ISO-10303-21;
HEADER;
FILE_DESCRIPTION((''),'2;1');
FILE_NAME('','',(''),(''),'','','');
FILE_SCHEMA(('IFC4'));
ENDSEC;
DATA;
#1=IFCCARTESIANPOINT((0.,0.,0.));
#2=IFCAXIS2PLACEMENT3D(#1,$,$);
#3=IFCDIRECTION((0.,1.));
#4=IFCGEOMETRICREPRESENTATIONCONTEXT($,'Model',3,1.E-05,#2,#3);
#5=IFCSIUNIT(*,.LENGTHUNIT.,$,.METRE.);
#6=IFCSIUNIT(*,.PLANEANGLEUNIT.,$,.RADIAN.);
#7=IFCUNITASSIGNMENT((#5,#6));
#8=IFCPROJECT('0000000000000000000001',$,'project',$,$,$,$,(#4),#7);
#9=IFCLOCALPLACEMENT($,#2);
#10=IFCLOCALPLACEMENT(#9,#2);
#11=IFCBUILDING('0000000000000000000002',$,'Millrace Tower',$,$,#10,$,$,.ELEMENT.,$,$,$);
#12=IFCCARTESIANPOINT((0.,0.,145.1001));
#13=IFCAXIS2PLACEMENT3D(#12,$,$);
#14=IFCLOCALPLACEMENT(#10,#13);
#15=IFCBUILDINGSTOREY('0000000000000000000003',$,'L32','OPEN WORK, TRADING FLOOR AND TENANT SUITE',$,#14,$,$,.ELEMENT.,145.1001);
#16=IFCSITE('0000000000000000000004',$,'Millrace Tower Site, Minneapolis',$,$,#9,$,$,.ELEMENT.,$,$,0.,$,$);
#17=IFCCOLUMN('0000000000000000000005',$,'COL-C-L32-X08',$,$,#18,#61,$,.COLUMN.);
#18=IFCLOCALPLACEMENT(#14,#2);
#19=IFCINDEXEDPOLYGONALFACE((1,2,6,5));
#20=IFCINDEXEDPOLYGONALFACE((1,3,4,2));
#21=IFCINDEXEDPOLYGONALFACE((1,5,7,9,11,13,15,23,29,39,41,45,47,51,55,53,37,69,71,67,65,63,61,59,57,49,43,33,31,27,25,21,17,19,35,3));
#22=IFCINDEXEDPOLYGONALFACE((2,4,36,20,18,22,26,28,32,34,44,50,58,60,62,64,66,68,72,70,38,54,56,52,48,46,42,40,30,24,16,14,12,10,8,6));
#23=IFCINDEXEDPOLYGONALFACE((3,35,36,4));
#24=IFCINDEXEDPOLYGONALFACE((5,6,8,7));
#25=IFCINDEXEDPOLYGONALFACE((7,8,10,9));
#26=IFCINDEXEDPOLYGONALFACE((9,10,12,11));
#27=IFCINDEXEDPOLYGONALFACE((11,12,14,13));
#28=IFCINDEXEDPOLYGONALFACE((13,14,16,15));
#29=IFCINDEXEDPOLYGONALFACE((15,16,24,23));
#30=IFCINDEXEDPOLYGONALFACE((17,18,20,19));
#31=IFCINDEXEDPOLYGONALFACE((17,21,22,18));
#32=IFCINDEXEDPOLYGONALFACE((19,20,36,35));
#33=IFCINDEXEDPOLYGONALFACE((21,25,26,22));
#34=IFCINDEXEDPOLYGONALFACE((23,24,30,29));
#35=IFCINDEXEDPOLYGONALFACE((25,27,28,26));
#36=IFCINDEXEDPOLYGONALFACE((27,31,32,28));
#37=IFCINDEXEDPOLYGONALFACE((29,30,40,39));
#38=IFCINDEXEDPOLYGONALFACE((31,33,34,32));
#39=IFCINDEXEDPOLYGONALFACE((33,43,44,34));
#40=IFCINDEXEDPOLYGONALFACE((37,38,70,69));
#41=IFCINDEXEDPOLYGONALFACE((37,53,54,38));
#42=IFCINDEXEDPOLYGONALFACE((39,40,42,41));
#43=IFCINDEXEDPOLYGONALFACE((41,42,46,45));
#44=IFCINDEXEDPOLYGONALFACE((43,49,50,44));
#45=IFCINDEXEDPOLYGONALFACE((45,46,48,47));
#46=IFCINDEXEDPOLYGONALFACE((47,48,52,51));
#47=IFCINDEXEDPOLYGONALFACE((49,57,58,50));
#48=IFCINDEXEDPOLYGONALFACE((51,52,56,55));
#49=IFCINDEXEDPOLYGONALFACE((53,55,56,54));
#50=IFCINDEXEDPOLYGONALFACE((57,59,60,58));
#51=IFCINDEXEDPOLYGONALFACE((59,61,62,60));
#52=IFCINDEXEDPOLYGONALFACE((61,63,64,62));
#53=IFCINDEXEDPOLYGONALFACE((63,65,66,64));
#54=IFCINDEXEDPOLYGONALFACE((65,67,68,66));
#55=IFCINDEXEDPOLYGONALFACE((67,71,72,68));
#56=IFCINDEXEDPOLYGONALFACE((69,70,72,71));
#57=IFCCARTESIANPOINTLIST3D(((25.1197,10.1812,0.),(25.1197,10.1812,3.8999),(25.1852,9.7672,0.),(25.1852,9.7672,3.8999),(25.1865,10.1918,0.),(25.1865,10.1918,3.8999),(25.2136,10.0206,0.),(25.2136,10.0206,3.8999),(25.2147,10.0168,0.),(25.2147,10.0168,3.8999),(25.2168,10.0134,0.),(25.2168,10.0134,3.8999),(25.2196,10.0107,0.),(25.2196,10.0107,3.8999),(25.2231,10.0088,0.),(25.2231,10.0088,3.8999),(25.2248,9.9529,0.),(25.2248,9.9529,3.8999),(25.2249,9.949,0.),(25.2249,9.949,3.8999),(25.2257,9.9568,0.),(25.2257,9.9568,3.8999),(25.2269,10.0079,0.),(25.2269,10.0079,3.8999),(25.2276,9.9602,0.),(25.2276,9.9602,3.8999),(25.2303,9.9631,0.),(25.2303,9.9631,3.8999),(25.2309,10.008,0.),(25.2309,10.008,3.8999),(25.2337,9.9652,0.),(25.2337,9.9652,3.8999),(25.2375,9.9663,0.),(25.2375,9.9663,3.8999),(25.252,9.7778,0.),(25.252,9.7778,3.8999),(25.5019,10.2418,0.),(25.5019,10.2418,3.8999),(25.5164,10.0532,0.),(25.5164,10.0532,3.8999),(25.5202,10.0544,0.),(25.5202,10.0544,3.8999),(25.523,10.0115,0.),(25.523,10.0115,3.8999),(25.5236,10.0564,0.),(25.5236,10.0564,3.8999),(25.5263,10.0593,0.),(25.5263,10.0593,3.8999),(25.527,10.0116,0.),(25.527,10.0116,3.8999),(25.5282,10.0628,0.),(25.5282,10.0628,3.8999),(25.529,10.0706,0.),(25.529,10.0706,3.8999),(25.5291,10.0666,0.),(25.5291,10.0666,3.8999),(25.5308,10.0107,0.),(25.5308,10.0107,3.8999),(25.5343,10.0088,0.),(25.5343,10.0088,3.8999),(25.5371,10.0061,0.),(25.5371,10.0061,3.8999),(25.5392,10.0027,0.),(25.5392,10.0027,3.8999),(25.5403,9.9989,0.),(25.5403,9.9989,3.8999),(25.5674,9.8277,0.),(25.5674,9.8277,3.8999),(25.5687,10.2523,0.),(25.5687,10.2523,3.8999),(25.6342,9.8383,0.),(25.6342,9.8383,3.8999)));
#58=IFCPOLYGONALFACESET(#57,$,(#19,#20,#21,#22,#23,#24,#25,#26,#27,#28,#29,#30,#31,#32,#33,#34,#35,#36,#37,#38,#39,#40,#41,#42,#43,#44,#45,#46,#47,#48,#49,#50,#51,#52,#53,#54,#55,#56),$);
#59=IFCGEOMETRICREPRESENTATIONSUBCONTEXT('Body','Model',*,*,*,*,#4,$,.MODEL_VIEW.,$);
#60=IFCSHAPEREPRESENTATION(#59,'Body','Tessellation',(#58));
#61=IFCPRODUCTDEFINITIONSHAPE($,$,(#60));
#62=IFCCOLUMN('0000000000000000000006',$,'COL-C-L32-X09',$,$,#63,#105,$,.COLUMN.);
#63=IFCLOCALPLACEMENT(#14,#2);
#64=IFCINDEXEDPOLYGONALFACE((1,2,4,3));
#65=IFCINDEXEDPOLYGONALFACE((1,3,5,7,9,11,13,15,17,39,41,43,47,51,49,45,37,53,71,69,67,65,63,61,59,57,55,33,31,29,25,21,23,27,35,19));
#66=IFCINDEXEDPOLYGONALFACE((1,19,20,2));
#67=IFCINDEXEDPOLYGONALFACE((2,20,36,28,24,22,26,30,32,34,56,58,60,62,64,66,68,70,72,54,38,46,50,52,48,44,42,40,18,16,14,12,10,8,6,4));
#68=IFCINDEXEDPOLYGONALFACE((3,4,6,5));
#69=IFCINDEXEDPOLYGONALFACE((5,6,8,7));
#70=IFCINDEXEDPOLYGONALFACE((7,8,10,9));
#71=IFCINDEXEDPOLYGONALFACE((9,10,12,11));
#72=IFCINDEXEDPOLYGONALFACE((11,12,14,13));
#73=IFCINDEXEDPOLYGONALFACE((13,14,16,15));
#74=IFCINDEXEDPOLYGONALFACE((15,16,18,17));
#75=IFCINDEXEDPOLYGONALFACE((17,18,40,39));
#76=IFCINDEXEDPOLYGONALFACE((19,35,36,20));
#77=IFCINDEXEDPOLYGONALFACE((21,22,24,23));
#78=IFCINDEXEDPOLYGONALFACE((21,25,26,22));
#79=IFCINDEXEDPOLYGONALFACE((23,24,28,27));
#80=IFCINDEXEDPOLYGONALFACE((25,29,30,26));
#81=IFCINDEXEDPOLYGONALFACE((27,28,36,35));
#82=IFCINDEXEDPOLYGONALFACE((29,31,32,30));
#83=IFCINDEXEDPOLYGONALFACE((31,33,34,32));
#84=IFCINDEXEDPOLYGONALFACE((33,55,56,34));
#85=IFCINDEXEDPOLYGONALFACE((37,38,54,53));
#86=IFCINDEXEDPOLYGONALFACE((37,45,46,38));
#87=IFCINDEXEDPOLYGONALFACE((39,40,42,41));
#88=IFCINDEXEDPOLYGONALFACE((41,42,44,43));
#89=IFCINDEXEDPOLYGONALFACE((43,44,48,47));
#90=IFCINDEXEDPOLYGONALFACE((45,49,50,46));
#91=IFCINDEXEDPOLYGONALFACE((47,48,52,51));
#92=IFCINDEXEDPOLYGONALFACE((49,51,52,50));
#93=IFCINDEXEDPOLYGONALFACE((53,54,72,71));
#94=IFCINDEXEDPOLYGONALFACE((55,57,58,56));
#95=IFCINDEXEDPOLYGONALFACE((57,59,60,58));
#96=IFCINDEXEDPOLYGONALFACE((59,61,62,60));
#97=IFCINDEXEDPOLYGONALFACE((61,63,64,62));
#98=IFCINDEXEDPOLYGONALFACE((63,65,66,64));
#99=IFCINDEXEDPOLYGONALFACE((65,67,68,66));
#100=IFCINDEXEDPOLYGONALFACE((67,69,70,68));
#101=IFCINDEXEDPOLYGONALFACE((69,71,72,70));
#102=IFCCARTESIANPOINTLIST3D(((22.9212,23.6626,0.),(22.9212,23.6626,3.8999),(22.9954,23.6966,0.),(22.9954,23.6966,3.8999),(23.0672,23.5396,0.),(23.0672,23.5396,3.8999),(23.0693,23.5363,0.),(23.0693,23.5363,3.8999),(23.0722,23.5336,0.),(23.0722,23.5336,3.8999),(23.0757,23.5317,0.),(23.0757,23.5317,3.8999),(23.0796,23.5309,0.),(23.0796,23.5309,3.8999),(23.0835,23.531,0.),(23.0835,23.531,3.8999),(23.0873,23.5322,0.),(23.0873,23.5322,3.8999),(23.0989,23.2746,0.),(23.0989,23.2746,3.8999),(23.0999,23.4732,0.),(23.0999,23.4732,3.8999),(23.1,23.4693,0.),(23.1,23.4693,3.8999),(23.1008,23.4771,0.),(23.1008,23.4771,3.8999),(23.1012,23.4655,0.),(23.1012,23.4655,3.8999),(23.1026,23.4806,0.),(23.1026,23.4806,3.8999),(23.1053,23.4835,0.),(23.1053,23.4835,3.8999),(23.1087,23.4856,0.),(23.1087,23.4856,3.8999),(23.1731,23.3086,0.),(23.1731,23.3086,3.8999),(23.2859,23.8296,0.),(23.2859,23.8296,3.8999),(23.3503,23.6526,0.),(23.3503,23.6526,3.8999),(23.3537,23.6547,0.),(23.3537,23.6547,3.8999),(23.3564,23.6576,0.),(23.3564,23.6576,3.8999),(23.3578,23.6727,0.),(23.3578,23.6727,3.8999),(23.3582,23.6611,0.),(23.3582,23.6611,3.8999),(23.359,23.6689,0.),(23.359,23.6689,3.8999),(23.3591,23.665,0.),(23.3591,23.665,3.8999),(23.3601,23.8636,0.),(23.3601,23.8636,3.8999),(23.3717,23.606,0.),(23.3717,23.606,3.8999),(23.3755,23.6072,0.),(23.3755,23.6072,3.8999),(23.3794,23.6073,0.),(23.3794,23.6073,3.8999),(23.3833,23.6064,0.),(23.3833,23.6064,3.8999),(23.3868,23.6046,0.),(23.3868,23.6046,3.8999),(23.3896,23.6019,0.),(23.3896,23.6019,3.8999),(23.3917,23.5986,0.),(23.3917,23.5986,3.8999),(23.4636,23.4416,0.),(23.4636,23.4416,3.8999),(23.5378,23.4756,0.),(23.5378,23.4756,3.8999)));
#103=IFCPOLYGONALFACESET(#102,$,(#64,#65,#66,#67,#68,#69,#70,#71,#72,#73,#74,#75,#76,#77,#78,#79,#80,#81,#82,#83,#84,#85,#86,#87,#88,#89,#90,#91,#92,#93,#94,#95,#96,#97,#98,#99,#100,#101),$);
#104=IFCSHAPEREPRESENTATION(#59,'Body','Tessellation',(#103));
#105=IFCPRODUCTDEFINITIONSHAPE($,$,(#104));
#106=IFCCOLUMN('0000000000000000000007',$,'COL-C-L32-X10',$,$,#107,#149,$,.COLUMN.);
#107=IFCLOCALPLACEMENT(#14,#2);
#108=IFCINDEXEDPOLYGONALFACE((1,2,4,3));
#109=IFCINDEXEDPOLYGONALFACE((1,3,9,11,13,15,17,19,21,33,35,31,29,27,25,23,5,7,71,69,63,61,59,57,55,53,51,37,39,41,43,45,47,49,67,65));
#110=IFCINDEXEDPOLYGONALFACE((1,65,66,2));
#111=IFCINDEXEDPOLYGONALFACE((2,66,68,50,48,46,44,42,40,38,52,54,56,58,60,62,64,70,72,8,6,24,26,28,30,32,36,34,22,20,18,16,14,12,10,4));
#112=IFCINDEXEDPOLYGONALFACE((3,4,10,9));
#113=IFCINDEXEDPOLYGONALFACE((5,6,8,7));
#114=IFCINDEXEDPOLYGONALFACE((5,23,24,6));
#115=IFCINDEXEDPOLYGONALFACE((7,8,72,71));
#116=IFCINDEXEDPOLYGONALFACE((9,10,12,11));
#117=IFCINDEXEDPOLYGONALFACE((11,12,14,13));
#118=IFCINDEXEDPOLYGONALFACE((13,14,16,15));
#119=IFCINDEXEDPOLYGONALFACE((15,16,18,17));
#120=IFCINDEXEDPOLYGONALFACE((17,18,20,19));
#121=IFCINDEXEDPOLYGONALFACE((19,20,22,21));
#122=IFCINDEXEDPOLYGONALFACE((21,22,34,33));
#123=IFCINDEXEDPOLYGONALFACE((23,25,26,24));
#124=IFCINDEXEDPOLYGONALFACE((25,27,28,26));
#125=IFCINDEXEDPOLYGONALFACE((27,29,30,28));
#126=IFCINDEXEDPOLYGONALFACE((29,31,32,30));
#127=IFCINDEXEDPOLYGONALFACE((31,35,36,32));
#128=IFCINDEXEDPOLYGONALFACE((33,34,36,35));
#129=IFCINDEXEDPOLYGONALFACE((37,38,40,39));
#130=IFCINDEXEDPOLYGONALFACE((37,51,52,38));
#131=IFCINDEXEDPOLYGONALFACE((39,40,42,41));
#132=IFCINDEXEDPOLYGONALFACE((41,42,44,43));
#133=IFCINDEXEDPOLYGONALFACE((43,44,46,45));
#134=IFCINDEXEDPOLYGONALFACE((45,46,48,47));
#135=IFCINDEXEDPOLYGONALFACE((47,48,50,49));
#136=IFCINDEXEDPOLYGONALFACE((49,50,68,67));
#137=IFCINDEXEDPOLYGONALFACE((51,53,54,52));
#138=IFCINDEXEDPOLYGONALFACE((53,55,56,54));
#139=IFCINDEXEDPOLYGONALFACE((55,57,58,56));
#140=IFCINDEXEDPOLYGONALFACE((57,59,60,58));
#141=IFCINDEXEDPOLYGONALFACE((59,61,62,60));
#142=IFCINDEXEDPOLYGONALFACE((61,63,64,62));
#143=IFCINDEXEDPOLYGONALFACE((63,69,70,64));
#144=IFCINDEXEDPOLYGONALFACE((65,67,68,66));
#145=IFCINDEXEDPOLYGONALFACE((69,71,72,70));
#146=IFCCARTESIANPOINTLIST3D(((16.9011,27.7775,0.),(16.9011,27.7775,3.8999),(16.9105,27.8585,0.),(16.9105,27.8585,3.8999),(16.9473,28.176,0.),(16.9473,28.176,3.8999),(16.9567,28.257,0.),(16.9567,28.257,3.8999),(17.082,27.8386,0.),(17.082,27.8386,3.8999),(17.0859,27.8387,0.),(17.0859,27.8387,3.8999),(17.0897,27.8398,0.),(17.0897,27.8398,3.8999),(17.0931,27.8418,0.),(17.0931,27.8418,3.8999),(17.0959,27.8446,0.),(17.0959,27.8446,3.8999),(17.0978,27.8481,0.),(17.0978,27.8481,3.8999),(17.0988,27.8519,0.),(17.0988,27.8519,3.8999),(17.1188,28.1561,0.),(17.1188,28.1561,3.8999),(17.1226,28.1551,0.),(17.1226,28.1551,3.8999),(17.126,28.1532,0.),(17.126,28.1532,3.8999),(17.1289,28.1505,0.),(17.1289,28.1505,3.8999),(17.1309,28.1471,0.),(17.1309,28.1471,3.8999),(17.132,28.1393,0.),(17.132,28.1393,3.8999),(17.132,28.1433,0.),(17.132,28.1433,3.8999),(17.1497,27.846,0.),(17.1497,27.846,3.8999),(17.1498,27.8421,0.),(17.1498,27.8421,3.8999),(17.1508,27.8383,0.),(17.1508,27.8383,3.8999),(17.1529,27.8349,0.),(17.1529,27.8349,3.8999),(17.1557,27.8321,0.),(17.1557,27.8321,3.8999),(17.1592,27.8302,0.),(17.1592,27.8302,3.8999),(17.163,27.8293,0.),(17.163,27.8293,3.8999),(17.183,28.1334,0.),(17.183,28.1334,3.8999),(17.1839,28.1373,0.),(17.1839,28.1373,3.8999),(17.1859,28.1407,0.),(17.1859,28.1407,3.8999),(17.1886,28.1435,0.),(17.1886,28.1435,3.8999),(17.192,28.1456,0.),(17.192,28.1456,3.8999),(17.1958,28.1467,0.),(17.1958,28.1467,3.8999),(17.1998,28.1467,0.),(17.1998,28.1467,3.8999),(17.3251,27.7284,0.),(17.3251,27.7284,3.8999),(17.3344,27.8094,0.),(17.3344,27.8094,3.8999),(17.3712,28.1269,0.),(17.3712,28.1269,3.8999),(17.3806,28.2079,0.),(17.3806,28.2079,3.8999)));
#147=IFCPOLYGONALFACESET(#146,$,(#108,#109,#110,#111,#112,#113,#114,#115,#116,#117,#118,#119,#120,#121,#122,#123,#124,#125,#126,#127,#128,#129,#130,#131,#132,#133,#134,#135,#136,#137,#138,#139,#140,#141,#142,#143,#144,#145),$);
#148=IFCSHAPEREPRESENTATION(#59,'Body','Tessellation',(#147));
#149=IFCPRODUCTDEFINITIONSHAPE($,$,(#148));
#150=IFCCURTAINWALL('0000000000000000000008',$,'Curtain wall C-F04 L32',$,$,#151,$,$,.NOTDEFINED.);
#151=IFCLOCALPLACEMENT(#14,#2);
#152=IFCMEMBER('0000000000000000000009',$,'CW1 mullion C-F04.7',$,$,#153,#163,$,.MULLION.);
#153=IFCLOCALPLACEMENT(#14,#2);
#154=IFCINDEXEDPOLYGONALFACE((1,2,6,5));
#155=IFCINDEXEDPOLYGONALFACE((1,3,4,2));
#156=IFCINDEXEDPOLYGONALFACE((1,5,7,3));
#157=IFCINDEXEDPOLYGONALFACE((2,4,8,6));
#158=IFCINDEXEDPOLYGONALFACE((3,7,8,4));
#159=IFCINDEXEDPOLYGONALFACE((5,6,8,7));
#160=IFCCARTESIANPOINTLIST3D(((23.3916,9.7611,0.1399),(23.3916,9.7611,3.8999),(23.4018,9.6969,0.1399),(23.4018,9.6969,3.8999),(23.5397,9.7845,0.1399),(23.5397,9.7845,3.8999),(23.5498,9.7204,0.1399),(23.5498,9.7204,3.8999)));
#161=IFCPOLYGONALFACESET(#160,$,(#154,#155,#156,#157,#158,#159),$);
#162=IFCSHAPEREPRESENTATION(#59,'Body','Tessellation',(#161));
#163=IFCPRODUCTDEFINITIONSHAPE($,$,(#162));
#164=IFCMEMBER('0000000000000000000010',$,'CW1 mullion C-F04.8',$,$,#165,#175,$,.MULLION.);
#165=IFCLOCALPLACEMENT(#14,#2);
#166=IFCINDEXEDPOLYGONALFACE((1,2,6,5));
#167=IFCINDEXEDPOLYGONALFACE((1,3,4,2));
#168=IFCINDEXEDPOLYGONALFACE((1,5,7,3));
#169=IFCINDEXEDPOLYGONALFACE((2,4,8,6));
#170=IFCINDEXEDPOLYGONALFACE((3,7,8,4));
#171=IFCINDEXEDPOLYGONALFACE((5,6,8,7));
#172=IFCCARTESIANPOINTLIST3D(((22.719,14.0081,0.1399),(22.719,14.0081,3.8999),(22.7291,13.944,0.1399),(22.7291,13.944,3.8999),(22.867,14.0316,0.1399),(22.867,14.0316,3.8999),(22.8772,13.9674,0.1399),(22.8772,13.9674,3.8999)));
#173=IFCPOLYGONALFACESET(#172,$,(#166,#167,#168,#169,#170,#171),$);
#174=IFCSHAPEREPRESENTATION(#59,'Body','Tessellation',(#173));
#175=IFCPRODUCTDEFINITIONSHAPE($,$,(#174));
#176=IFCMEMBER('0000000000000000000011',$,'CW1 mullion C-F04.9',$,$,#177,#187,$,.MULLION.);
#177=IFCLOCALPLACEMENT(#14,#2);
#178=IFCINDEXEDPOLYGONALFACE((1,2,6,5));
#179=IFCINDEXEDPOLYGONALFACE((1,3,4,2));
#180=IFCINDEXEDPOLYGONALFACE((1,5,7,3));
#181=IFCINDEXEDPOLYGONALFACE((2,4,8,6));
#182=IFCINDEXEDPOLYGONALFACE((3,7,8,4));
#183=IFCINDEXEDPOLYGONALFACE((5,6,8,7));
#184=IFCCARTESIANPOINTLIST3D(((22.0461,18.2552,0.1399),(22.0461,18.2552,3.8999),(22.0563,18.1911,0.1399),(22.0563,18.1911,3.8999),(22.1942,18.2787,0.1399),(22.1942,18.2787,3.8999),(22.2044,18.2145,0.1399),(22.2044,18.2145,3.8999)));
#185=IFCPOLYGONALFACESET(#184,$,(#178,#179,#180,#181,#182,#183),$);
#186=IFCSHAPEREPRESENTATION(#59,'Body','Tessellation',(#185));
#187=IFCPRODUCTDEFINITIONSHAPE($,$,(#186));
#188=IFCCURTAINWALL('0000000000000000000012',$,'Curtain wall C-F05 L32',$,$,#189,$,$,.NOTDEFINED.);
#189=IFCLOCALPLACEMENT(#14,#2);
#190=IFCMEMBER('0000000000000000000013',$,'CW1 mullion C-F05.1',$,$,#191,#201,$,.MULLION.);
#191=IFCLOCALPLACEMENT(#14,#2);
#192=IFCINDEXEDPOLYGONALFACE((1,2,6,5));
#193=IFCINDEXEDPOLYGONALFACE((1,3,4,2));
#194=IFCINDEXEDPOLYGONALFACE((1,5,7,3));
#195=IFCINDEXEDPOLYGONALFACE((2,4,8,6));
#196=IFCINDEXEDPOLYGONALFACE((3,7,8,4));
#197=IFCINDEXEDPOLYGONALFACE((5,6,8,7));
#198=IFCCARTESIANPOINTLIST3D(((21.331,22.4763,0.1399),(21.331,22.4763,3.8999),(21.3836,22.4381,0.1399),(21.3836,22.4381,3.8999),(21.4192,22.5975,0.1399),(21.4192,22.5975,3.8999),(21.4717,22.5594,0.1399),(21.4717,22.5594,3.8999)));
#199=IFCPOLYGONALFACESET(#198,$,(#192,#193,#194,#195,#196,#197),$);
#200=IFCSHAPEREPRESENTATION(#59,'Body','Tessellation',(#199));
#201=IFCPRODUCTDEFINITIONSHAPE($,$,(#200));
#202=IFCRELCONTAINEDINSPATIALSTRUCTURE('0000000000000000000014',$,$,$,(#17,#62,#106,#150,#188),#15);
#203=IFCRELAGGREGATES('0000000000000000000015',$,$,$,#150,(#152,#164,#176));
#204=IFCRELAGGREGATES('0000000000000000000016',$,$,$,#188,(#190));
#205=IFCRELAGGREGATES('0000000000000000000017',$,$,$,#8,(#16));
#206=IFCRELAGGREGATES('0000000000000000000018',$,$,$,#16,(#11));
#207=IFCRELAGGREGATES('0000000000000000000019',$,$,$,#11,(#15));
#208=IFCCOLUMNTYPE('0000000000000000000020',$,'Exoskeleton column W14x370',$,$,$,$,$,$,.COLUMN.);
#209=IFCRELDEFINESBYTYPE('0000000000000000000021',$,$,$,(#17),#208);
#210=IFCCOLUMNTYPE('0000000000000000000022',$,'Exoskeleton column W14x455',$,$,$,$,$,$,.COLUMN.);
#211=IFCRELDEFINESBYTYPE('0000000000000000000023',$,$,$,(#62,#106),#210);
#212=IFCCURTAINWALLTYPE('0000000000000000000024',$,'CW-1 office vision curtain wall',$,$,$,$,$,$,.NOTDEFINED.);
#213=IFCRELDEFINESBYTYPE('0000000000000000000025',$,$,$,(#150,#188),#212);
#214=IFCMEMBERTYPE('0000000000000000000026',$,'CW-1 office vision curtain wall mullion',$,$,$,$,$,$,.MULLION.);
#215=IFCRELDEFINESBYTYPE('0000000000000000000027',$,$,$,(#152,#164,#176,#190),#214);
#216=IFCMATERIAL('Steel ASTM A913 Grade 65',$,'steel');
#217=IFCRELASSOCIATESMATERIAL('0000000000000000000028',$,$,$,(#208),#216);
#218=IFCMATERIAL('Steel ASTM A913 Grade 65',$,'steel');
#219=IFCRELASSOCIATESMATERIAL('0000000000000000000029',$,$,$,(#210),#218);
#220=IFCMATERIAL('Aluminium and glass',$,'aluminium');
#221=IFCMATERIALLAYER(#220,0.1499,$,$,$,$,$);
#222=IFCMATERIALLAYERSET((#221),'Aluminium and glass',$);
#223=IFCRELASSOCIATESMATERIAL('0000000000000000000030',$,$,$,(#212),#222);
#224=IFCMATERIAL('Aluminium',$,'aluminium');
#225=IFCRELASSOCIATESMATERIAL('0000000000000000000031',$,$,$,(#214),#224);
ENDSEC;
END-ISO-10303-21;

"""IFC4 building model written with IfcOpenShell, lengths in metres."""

from ifc_helpers import new_model, si_unit, direction, frame, origin, origin_2d, place, context, subcontext, project, spatial, rectangle, i_section, extrude, material, layer, layer_set, material_profile, profile_set, type_object, element, aggregate, save


model = new_model("IFC4")

# Units and contexts
model_context = context("Model", 3, precision=1e-05, world=origin(), true_north=direction((0.0, 1.0)))
body_context = subcontext(model_context, "Body", "Model", "MODEL_VIEW")
ifc_project = project(units=[si_unit("LENGTHUNIT", "METRE"), si_unit("PLANEANGLEUNIT", "RADIAN")], contexts=[model_context])

# Site, building, storey
site_placement = place(None, origin())
site = spatial("IfcSite", under=ifc_project, at=site_placement, Name="Millrace Tower Site, Minneapolis", CompositionType="ELEMENT", RefElevation=0.0)
building_placement = place(site_placement, origin())
building = spatial("IfcBuilding", under=site, at=building_placement, Name="Millrace Tower", CompositionType="ELEMENT")
storey_placement = place(building_placement, frame((0.0, 0.0, 145.1001)))
storey = spatial("IfcBuildingStorey", under=building, at=storey_placement, Name="L32", Description="OPEN WORK, TRADING FLOOR AND TENANT SUITE", CompositionType="ELEMENT", Elevation=145.1001)

# Columns
ifc_material_1 = material(Name="Steel ASTM A913 Grade 65", Category="steel")
ifc_material_profile_1 = material_profile(ifc_material_1, i_section(OverallWidth=0.4192, OverallDepth=0.4546, WebThickness=0.0422, FlangeThickness=0.0676, FilletRadius=0.0151, at=origin_2d()))
ifc_profile_set_1 = profile_set([ifc_material_profile_1], Name="Steel ASTM A913 Grade 65")
column_type_1 = type_object("IfcColumnType", Name="Exoskeleton column W14x370", PredefinedType="COLUMN", material=ifc_profile_set_1)
column_placement = place(storey_placement, frame((25.377, 10.0098, 0.0), z_axis=(0.0, 0.0, 1.0), x_axis=(-0.156434, 0.987688, 0.0)))
element("IfcColumn", 1, at=column_placement, inside=storey, type_object=column_type_1, Name="COL-C-L32-X08", PredefinedType="COLUMN", context=body_context, shape_type="SweptSolid", body=[
    extrude(i_section(OverallWidth=0.4192, OverallDepth=0.4546, WebThickness=0.0422, FlangeThickness=0.0676, FilletRadius=0.0151, at=origin_2d()), origin(), (0.0, 0.0, 1.0), 3.8999),
])
ifc_material_2 = material(Name="Steel ASTM A913 Grade 65", Category="steel")
ifc_material_profile_2 = material_profile(ifc_material_2, i_section(OverallWidth=0.4268, OverallDepth=0.4827, WebThickness=0.0513, FlangeThickness=0.0815, FilletRadius=0.0151, at=origin_2d()))
ifc_profile_set_2 = profile_set([ifc_material_profile_2], Name="Steel ASTM A913 Grade 65")
column_type_2 = type_object("IfcColumnType", Name="Exoskeleton column W14x455", PredefinedType="COLUMN", material=ifc_profile_set_2)
for number, where, z_axis, x_axis, name in (
    (2, (23.2295, 23.5691, 0.0), (0.0, 0.0, 1.0), (-0.416401, 0.909181, 0.0), "COL-C-L32-X09"),
    (3, (17.1409, 27.9927, 0.0), (0.0, 0.0, 1.0), (-0.993358, 0.115069, 0.0), "COL-C-L32-X10"),
):
    element("IfcColumn", number, at=place(storey_placement, frame(where, z_axis=z_axis, x_axis=x_axis)), inside=storey, type_object=column_type_2, Name=name, PredefinedType="COLUMN", context=body_context, shape_type="SweptSolid", body=[
        extrude(i_section(OverallWidth=0.4268, OverallDepth=0.4827, WebThickness=0.0513, FlangeThickness=0.0815, FilletRadius=0.0151, at=origin_2d()), origin(), (0.0, 0.0, 1.0), 3.8999),
    ])

# Curtain wall, members
ifc_material_3 = material(Name="Aluminium and glass", Category="aluminium")
ifc_layer_1 = layer(ifc_material_3, 0.1499)
ifc_layer_set_1 = layer_set([ifc_layer_1], Name="Aluminium and glass")
curtain_wall_type = type_object("IfcCurtainWallType", Name="CW-1 office vision curtain wall", PredefinedType="NOTDEFINED", material=ifc_layer_set_1)
placement = place(storey_placement, origin())
curtain_wall_1 = element("IfcCurtainWall", 4, at=placement, inside=storey, type_object=curtain_wall_type, Name="Curtain wall C-F04 L32", PredefinedType="NOTDEFINED")
ifc_material_4 = material(Name="Aluminium", Category="aluminium")
ifc_material_profile_3 = material_profile(ifc_material_4, rectangle(XDim=0.0649, YDim=0.1499, at=origin_2d()))
ifc_profile_set_3 = profile_set([ifc_material_profile_3], Name="Aluminium")
member_type_1 = type_object("IfcMemberType", Name="CW-1 office vision curtain wall mullion", PredefinedType="MULLION", material=ifc_profile_set_3)
member_1_placement = place(storey_placement, frame((23.4707, 9.7407, 0.1399), z_axis=(0.0, 0.0, 1.0), x_axis=(-0.156434, 0.987688, 0.0)))
member_1 = element("IfcMember", 5, at=member_1_placement, type_object=member_type_1, Name="CW1 mullion C-F04.7", PredefinedType="MULLION", context=body_context, shape_type="SweptSolid", body=[
    extrude(rectangle(XDim=0.0649, YDim=0.1499, at=origin_2d()), origin(), (0.0, 0.0, 1.0), 3.76),
])
member_2_placement = place(storey_placement, frame((22.7981, 13.9878, 0.1399), z_axis=(0.0, 0.0, 1.0), x_axis=(-0.156434, 0.987688, 0.0)))
member_2 = element("IfcMember", 6, at=member_2_placement, type_object=member_type_1, Name="CW1 mullion C-F04.8", PredefinedType="MULLION", context=body_context, shape_type="SweptSolid", body=[
    extrude(rectangle(XDim=0.0649, YDim=0.1499, at=origin_2d()), origin(), (0.0, 0.0, 1.0), 3.76),
])
member_3_placement = place(storey_placement, frame((22.1252, 18.2349, 0.1399), z_axis=(0.0, 0.0, 1.0), x_axis=(-0.156434, 0.987688, 0.0)))
member_3 = element("IfcMember", 7, at=member_3_placement, type_object=member_type_1, Name="CW1 mullion C-F04.9", PredefinedType="MULLION", context=body_context, shape_type="SweptSolid", body=[
    extrude(rectangle(XDim=0.0649, YDim=0.1499, at=origin_2d()), origin(), (0.0, 0.0, 1.0), 3.76),
])
aggregate(curtain_wall_1, [member_1, member_2, member_3])

# Curtain wall, member
curtain_wall_2 = element("IfcCurtainWall", 8, at=placement, inside=storey, type_object=curtain_wall_type, Name="Curtain wall C-F05 L32", PredefinedType="NOTDEFINED")
member_4_placement = place(storey_placement, frame((21.4014, 22.5178, 0.1399), z_axis=(0.0, 0.0, 1.0), x_axis=(-0.809017, 0.587785, 0.0)))
member_4 = element("IfcMember", 9, at=member_4_placement, type_object=member_type_1, Name="CW1 mullion C-F05.1", PredefinedType="MULLION", context=body_context, shape_type="SweptSolid", body=[
    extrude(rectangle(XDim=0.0649, YDim=0.1499, at=origin_2d()), origin(), (0.0, 0.0, 1.0), 3.76),
])

aggregate(curtain_wall_2, [member_4])

save(model, "model.ifc")
